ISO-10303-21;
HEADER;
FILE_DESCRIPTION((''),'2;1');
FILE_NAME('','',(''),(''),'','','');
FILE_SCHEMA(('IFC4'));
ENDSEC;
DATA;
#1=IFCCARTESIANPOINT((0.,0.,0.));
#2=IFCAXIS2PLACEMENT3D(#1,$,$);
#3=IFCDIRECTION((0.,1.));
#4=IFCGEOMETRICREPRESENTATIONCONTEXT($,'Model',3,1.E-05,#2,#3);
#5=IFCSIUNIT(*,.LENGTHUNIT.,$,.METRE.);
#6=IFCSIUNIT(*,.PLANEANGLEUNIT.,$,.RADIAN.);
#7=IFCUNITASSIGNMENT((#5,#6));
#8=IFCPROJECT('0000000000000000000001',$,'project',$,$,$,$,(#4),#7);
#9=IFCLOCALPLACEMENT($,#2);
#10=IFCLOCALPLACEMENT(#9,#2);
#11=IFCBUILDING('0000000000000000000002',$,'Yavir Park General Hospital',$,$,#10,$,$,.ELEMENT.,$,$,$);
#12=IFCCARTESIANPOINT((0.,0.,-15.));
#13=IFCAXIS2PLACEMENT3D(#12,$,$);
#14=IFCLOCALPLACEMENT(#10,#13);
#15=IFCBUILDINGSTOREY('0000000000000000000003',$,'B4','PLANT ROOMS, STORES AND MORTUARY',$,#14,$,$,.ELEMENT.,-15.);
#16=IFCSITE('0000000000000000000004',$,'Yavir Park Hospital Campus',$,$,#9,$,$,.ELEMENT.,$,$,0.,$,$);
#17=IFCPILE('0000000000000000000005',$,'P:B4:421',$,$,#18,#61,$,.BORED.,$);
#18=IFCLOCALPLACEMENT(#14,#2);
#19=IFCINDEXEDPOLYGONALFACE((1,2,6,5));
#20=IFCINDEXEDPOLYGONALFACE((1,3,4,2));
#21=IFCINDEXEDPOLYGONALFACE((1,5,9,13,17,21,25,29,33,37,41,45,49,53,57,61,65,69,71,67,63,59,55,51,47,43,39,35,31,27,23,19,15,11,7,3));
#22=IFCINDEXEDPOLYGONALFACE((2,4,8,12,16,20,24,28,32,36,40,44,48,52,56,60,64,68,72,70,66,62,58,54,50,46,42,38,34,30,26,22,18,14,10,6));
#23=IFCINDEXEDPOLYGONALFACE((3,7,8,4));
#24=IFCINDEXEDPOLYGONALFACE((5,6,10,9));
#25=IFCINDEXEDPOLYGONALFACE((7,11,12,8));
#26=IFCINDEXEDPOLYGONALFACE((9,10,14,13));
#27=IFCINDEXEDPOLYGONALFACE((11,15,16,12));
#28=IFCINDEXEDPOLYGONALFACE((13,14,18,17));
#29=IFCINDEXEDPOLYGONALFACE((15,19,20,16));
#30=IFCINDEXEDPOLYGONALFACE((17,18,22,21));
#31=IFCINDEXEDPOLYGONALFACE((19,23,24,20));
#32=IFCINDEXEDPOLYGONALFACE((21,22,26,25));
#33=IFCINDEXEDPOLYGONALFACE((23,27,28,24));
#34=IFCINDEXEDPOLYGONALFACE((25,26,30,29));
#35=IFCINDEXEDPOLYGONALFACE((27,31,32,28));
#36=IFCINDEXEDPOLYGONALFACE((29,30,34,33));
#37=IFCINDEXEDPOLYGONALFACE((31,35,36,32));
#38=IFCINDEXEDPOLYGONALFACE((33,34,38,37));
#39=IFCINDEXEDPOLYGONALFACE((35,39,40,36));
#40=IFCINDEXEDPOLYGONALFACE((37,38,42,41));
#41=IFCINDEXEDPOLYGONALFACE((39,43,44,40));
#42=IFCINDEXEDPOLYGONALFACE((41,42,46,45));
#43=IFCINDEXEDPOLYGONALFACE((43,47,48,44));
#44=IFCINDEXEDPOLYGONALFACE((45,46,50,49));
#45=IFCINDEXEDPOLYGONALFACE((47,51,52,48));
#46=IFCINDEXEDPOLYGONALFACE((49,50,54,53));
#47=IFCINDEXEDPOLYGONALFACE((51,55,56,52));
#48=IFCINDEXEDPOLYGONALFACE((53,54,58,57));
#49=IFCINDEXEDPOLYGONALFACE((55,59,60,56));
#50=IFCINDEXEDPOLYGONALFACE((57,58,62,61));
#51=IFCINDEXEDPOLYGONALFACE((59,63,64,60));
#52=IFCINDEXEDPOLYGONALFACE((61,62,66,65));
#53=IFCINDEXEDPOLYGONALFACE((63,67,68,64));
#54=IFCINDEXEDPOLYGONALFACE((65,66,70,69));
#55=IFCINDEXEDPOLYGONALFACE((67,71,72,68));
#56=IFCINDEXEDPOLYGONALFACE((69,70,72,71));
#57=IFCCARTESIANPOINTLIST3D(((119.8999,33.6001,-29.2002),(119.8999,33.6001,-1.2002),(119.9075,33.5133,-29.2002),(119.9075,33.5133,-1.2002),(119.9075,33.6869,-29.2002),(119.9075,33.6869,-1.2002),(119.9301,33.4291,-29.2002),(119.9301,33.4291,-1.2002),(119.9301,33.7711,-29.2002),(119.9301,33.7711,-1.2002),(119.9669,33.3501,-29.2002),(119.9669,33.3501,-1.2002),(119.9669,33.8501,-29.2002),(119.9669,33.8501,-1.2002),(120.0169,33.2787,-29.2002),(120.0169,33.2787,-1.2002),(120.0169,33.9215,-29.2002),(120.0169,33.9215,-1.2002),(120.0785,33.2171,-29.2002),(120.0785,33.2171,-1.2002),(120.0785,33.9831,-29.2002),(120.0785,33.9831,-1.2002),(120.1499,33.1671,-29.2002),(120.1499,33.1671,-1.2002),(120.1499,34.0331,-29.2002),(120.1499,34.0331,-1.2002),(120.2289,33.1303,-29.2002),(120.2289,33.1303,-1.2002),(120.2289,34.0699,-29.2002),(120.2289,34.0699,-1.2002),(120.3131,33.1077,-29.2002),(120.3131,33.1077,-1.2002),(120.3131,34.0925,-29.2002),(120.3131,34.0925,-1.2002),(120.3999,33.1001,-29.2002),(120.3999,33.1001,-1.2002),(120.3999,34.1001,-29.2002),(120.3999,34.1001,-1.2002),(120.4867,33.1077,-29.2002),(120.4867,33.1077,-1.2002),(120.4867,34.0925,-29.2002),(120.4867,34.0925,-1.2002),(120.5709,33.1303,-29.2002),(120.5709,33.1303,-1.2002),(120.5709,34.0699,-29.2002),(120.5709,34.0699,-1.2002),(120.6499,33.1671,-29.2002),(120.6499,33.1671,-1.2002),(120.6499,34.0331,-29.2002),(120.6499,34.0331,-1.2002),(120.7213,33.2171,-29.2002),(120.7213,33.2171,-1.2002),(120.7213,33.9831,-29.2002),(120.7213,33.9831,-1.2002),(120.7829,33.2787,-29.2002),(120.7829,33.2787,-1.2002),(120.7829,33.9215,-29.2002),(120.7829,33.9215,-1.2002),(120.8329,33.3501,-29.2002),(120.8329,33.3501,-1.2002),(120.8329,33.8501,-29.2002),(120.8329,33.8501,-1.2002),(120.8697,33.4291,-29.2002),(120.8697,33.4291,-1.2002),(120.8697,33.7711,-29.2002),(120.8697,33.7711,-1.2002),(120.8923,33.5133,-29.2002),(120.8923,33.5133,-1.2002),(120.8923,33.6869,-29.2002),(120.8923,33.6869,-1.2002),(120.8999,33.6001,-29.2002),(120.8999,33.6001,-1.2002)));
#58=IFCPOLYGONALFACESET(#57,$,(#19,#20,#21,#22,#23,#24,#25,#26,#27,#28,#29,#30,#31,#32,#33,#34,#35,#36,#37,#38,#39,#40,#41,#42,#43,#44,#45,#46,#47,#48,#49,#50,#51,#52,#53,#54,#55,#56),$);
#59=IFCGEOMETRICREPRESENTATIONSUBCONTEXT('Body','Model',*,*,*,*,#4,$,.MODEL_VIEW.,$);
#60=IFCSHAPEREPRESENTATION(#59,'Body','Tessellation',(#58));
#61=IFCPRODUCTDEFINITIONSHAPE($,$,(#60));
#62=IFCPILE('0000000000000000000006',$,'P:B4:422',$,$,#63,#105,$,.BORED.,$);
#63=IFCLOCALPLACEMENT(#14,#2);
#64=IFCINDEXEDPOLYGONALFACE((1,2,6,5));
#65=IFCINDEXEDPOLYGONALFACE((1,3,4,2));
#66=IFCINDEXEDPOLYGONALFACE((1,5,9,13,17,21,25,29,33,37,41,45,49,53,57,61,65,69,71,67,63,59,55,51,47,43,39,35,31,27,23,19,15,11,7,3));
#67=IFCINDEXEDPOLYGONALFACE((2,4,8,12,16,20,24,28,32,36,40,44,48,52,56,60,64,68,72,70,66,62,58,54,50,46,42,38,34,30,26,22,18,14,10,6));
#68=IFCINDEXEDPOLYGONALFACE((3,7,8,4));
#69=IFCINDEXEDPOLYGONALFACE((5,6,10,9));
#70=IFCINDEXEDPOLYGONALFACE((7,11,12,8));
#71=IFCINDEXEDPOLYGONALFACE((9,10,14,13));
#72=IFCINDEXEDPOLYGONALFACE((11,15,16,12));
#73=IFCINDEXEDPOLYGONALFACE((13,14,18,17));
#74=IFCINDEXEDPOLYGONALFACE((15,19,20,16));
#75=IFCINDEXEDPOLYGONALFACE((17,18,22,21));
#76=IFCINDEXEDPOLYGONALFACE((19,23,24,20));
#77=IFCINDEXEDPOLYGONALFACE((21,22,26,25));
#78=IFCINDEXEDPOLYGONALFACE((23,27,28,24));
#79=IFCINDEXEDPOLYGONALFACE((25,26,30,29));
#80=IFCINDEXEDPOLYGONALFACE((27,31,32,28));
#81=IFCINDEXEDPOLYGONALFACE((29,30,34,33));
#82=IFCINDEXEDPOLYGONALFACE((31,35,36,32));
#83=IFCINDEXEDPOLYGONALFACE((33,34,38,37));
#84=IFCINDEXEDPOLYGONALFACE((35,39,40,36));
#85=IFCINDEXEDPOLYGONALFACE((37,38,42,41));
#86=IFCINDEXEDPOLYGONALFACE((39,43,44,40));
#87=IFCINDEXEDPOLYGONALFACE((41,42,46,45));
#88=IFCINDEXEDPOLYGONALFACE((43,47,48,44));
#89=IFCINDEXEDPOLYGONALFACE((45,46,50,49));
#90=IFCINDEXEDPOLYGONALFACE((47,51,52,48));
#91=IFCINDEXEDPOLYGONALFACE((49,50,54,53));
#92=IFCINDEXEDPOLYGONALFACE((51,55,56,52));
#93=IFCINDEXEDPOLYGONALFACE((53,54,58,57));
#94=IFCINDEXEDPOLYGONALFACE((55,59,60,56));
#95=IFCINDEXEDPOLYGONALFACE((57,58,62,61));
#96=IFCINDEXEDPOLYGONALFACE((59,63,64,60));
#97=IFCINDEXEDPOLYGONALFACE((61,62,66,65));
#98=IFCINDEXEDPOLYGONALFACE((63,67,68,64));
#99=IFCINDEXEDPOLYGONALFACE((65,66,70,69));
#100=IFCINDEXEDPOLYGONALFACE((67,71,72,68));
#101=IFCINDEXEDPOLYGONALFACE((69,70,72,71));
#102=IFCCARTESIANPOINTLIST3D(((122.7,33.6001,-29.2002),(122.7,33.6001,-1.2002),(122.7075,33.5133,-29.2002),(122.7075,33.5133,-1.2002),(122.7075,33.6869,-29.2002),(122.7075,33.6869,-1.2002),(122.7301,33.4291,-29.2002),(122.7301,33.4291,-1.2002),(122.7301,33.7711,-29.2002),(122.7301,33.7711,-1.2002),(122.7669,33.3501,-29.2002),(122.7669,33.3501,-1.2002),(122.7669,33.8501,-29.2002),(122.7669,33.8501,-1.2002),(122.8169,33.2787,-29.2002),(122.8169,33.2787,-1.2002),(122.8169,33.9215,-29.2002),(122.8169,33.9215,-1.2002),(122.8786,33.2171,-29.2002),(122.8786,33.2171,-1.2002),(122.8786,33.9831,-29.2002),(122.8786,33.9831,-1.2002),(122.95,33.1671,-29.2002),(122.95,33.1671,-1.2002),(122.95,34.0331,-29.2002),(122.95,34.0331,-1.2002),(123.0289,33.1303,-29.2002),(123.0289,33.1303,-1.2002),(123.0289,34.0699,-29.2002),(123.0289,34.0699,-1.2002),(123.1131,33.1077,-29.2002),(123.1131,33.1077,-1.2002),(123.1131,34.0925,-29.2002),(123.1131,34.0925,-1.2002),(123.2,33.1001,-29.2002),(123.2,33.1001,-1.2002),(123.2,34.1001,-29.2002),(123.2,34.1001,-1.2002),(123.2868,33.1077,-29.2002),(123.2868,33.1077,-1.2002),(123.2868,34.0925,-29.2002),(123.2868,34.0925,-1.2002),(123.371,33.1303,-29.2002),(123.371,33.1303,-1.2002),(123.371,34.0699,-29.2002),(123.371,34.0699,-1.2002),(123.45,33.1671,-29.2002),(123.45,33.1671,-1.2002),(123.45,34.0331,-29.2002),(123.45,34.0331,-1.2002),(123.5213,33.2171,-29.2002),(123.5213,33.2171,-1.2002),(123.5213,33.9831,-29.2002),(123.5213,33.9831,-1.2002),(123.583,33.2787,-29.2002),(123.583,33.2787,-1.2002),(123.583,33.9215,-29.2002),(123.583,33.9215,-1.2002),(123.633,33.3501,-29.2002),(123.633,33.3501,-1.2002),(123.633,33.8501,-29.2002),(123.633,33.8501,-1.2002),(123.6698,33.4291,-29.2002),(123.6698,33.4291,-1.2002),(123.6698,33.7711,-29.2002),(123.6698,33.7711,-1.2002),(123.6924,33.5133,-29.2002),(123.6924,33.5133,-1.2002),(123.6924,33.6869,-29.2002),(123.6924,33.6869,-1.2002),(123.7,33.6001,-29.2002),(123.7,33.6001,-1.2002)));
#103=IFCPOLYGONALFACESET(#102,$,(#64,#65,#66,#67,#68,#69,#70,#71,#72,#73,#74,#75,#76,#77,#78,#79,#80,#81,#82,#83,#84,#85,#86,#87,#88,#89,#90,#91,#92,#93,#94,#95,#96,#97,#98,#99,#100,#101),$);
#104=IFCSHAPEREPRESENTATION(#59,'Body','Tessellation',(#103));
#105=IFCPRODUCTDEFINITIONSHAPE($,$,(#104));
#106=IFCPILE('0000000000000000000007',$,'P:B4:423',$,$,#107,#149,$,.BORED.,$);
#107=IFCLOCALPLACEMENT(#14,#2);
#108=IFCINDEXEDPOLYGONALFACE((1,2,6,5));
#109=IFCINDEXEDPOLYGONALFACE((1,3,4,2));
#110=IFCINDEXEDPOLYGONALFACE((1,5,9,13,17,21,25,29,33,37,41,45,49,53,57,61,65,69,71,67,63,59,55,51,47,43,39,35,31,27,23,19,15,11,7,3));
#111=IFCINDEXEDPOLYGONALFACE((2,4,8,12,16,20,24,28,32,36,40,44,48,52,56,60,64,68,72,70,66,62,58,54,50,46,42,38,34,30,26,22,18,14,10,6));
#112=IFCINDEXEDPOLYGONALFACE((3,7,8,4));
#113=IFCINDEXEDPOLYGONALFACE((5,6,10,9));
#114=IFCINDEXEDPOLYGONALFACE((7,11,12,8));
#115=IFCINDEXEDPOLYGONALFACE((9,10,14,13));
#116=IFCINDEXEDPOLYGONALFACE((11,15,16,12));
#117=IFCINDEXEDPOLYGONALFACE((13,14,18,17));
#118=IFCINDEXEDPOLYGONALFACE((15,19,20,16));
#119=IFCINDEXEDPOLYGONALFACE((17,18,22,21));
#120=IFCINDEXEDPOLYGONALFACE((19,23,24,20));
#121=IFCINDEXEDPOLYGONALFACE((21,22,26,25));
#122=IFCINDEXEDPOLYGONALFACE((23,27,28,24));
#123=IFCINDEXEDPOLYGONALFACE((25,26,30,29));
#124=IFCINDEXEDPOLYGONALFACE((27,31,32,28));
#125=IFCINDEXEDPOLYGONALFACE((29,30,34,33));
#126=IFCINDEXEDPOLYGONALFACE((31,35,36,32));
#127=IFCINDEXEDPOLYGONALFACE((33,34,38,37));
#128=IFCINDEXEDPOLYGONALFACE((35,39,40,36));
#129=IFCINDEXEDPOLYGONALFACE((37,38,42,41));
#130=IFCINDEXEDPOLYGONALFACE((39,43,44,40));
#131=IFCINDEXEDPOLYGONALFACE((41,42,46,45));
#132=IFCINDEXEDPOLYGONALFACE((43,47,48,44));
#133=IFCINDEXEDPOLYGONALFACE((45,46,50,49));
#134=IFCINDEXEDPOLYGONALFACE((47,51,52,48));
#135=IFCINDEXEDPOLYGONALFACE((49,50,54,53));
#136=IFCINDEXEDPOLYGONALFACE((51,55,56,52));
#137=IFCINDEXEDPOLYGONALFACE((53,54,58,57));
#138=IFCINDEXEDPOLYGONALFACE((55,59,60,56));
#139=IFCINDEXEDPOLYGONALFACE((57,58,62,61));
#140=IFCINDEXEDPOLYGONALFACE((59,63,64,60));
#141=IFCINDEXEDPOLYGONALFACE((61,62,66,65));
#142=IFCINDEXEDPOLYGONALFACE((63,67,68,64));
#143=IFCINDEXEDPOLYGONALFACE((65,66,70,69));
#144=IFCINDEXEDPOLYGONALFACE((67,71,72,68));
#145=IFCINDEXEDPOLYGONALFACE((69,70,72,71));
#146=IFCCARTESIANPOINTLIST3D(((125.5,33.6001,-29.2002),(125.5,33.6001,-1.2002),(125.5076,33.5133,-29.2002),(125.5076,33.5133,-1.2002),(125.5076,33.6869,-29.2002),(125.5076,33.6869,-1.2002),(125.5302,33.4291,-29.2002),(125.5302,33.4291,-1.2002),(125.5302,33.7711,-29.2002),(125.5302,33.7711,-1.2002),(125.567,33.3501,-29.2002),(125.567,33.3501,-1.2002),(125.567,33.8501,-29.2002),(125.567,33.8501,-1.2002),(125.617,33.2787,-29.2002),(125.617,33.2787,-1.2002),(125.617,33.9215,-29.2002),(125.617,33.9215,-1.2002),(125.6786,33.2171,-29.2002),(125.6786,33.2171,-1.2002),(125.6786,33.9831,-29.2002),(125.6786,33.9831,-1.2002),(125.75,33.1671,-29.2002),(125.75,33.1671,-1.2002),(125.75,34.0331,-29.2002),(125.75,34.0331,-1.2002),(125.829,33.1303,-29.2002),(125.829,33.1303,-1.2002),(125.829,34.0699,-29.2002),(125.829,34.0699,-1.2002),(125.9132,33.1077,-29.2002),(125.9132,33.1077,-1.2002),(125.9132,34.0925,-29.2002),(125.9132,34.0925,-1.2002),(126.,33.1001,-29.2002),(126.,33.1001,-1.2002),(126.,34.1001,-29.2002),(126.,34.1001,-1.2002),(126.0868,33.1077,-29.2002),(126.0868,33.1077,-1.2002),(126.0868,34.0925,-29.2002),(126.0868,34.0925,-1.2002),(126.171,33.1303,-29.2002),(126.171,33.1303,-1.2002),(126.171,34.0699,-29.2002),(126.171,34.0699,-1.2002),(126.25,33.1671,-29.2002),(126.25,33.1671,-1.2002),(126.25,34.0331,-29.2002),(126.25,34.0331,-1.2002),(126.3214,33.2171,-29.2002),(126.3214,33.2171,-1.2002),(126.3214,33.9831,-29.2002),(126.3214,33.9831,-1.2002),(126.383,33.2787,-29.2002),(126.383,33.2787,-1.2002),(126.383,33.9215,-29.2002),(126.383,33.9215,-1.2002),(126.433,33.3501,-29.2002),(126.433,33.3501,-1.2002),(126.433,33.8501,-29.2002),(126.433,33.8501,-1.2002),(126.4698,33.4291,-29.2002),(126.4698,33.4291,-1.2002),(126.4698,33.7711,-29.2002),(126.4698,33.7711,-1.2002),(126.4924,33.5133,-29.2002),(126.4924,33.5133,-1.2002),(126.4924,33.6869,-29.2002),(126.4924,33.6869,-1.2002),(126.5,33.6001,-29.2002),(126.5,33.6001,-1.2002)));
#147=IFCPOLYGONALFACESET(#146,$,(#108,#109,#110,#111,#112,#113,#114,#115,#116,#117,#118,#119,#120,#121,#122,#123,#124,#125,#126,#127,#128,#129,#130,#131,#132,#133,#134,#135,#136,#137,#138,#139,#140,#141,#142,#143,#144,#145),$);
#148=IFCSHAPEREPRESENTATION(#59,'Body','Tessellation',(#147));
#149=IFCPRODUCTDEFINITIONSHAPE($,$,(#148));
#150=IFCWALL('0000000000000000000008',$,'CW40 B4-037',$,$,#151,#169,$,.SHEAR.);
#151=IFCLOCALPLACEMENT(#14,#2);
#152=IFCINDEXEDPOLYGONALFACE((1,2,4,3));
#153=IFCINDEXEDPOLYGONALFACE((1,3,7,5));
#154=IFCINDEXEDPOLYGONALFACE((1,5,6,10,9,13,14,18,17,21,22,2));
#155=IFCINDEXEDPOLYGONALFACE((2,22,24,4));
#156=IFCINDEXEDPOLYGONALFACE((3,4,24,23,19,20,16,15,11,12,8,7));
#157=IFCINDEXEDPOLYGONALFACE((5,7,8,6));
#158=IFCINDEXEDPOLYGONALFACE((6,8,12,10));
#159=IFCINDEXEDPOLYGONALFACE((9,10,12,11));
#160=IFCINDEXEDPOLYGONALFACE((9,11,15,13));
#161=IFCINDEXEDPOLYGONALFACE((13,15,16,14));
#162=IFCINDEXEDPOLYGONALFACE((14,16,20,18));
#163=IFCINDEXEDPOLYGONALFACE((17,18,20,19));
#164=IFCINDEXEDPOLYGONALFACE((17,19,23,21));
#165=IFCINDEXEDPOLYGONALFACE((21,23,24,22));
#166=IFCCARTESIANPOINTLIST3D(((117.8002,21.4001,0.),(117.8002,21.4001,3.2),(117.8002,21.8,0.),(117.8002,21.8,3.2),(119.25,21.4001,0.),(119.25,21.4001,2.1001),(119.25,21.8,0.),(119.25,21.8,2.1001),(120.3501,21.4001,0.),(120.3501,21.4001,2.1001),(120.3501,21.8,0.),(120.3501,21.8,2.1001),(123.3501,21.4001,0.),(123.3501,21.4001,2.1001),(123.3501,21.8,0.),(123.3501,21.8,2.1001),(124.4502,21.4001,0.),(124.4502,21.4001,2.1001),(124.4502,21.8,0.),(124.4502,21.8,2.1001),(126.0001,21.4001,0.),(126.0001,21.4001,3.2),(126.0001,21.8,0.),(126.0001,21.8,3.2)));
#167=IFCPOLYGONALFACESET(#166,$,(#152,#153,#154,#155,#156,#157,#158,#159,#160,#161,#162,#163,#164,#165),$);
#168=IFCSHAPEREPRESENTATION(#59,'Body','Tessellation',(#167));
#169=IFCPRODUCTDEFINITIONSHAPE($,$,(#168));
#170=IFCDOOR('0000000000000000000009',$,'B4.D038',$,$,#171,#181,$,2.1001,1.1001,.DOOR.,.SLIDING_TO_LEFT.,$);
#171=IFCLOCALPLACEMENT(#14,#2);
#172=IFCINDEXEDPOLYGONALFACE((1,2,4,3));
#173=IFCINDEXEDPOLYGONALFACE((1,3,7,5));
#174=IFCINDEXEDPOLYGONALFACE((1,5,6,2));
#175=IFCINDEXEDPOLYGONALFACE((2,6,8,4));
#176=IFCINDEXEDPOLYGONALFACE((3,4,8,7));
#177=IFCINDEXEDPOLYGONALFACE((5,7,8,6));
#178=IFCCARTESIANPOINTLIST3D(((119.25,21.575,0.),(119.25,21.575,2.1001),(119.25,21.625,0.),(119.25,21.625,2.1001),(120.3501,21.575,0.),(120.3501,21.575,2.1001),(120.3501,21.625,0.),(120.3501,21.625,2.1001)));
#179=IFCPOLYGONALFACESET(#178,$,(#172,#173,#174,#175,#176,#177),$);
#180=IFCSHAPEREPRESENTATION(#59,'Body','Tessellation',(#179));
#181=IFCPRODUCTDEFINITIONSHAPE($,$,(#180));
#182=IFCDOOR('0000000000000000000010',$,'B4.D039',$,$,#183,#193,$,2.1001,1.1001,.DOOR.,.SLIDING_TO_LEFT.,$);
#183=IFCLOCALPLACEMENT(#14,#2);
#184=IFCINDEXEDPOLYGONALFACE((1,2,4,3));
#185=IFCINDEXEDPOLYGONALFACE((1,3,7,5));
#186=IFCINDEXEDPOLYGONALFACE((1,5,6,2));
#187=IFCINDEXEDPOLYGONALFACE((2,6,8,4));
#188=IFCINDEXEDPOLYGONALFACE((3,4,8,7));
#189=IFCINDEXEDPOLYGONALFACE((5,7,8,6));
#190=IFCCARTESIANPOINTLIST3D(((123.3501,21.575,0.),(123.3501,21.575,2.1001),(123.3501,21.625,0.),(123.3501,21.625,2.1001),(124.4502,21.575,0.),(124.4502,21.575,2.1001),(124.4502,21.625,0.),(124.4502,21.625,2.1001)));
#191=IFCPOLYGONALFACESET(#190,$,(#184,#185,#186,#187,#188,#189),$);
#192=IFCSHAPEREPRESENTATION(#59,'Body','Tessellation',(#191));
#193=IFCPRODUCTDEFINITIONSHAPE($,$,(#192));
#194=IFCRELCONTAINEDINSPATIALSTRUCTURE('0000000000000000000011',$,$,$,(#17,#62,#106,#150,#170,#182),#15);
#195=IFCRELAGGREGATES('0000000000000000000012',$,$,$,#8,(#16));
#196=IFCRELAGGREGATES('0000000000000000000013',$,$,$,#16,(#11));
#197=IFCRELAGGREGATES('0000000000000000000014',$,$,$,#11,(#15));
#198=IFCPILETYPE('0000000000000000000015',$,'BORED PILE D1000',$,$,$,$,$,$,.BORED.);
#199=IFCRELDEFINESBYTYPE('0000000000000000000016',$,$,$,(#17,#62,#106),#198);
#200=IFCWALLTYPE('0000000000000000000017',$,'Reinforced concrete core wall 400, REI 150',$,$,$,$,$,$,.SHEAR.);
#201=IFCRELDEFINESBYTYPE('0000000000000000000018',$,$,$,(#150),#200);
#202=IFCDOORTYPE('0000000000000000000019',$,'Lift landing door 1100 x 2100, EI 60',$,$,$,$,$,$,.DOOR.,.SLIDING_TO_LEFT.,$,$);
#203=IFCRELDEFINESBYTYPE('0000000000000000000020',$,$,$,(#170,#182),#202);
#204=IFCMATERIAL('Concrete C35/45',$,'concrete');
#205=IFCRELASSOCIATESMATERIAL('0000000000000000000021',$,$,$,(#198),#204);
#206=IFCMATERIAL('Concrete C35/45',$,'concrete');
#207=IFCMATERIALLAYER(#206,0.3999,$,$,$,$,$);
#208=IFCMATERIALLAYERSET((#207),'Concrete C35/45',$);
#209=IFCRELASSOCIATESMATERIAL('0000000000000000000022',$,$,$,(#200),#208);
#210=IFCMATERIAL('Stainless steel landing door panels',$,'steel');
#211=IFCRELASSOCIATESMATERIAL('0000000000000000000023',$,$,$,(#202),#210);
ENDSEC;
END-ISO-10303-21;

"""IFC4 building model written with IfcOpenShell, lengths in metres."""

from ifc_helpers import new_model, si_unit, direction, frame, frame_2d, origin, origin_2d, place, context, subcontext, project, spatial, rectangle, circle, extrude, material, layer, layer_set, material_profile, profile_set, type_object, element, fill, save


model = new_model("IFC4")

# Units and contexts
model_context = context("Model", 3, precision=1e-05, world=origin(), true_north=direction((0.0, 1.0)))
body_context = subcontext(model_context, "Body", "Model", "MODEL_VIEW")
ifc_project = project(units=[si_unit("LENGTHUNIT", "METRE"), si_unit("PLANEANGLEUNIT", "RADIAN")], contexts=[model_context])

# Site, building, storey
site_placement = place(None, origin())
site = spatial("IfcSite", under=ifc_project, at=site_placement, Name="Yavir Park Hospital Campus", CompositionType="ELEMENT", RefElevation=0.0)
building_placement = place(site_placement, origin())
building = spatial("IfcBuilding", under=site, at=building_placement, Name="Yavir Park General Hospital", CompositionType="ELEMENT")
storey_placement = place(building_placement, frame((0.0, 0.0, -15.0)))
storey = spatial("IfcBuildingStorey", under=building, at=storey_placement, Name="B4", Description="PLANT ROOMS, STORES AND MORTUARY", CompositionType="ELEMENT", Elevation=-15.0)

# Piles
ifc_material_1 = material(Name="Concrete C35/45", Category="concrete")
ifc_material_profile = material_profile(ifc_material_1, circle(Radius=0.5, at=origin_2d()), Name="D1000")
ifc_profile_set = profile_set([ifc_material_profile], Name="Concrete C35/45")
pile_type = type_object("IfcPileType", Name="BORED PILE D1000", PredefinedType="BORED", material=ifc_profile_set)
for number, where, z_axis, x_axis, name in (
    (1, (120.3999, 33.6001, -1.2002), (0.0, 0.0, -1.0), (1.0, 0.0, 0.0), "P:B4:421"),
    (2, (123.2, 33.6001, -1.2002), (0.0, 0.0, -1.0), (1.0, 0.0, 0.0), "P:B4:422"),
    (3, (126.0, 33.6001, -1.2002), (0.0, 0.0, -1.0), (1.0, 0.0, 0.0), "P:B4:423"),
):
    element("IfcPile", number, at=place(storey_placement, frame(where, z_axis=z_axis, x_axis=x_axis)), inside=storey, type_object=pile_type, Name=name, PredefinedType="BORED", context=body_context, shape_type="SweptSolid", body=[
        extrude(circle(Radius=0.5, at=origin_2d()), origin(), (0.0, 0.0, 1.0), 28.0),
    ])

# Wall, openings, doors
ifc_material_2 = material(Name="Concrete C35/45", Category="concrete")
ifc_layer = layer(ifc_material_2, 0.3999)
ifc_layer_set = layer_set([ifc_layer], Name="Concrete C35/45")
wall_type = type_object("IfcWallType", Name="Reinforced concrete core wall 400, REI 150", PredefinedType="SHEAR", material=ifc_layer_set)
wall_1_placement = place(storey_placement, frame((117.8, 21.6001, 0.0), z_axis=(0.0, 0.0, 1.0), x_axis=(1.0, 0.0, 0.0)))
wall_1 = element("IfcWall", 4, at=wall_1_placement, inside=storey, type_object=wall_type, Name="CW40 B4-037", PredefinedType="SHEAR", context=body_context, shape_type="SweptSolid", body=[
    extrude(rectangle(XDim=8.2, YDim=0.3999, at=frame_2d((4.1001, 0.0))), origin(), (0.0, 0.0, 1.0), 3.2),
])
opening_1_placement = place(wall_1_placement, frame((1.45, 0.0, 0.0)))
opening_1 = element("IfcOpeningElement", 5, at=opening_1_placement, cuts=wall_1, PredefinedType="OPENING", context=body_context, shape_type="SweptSolid", body=[
    extrude(rectangle(XDim=1.1001, YDim=2.1001, at=frame_2d((0.55, 1.05))), frame((0.0, 0.21, 0.0), z_axis=(0.0, -1.0, 0.0), x_axis=(1.0, 0.0, 0.0)), (0.0, 0.0, 1.0), 0.4199),
])
opening_2_placement = place(wall_1_placement, frame((5.55, 0.0, 0.0)))
opening_2 = element("IfcOpeningElement", 6, at=opening_2_placement, cuts=wall_1, PredefinedType="OPENING", context=body_context, shape_type="SweptSolid", body=[
    extrude(rectangle(XDim=1.1001, YDim=2.1001, at=frame_2d((0.55, 1.05))), frame((0.0, 0.21, 0.0), z_axis=(0.0, -1.0, 0.0), x_axis=(1.0, 0.0, 0.0)), (0.0, 0.0, 1.0), 0.4199),
])
ifc_material_3 = material(Name="Stainless steel landing door panels", Category="steel")
door_type_1 = type_object("IfcDoorType", Name="Lift landing door 1100 x 2100, EI 60", OperationType="SLIDING_TO_LEFT", PredefinedType="DOOR", material=ifc_material_3)
door_1_placement = place(opening_1_placement, origin())
door_1 = element("IfcDoor", 7, at=door_1_placement, inside=storey, type_object=door_type_1, Name="B4.D038", OperationType="SLIDING_TO_LEFT", OverallHeight=2.1001, OverallWidth=1.1001, PredefinedType="DOOR", context=body_context, shape_type="SweptSolid", body=[
    extrude(rectangle(XDim=1.1001, YDim=2.1001, at=frame_2d((0.55, 1.05))), frame((0.0, 0.0249, 0.0), z_axis=(0.0, -1.0, 0.0), x_axis=(1.0, 0.0, 0.0)), (0.0, 0.0, 1.0), 0.05),
])
fill(opening_1, door_1)
door_2_placement = place(opening_2_placement, origin())
door_2 = element("IfcDoor", 8, at=door_2_placement, inside=storey, type_object=door_type_1, Name="B4.D039", OperationType="SLIDING_TO_LEFT", OverallHeight=2.1001, OverallWidth=1.1001, PredefinedType="DOOR", context=body_context, shape_type="SweptSolid", body=[
    extrude(rectangle(XDim=1.1001, YDim=2.1001, at=frame_2d((0.55, 1.05))), frame((0.0, 0.0249, 0.0), z_axis=(0.0, -1.0, 0.0), x_axis=(1.0, 0.0, 0.0)), (0.0, 0.0, 1.0), 0.05),
])
fill(opening_2, door_2)

save(model, "model.ifc")
